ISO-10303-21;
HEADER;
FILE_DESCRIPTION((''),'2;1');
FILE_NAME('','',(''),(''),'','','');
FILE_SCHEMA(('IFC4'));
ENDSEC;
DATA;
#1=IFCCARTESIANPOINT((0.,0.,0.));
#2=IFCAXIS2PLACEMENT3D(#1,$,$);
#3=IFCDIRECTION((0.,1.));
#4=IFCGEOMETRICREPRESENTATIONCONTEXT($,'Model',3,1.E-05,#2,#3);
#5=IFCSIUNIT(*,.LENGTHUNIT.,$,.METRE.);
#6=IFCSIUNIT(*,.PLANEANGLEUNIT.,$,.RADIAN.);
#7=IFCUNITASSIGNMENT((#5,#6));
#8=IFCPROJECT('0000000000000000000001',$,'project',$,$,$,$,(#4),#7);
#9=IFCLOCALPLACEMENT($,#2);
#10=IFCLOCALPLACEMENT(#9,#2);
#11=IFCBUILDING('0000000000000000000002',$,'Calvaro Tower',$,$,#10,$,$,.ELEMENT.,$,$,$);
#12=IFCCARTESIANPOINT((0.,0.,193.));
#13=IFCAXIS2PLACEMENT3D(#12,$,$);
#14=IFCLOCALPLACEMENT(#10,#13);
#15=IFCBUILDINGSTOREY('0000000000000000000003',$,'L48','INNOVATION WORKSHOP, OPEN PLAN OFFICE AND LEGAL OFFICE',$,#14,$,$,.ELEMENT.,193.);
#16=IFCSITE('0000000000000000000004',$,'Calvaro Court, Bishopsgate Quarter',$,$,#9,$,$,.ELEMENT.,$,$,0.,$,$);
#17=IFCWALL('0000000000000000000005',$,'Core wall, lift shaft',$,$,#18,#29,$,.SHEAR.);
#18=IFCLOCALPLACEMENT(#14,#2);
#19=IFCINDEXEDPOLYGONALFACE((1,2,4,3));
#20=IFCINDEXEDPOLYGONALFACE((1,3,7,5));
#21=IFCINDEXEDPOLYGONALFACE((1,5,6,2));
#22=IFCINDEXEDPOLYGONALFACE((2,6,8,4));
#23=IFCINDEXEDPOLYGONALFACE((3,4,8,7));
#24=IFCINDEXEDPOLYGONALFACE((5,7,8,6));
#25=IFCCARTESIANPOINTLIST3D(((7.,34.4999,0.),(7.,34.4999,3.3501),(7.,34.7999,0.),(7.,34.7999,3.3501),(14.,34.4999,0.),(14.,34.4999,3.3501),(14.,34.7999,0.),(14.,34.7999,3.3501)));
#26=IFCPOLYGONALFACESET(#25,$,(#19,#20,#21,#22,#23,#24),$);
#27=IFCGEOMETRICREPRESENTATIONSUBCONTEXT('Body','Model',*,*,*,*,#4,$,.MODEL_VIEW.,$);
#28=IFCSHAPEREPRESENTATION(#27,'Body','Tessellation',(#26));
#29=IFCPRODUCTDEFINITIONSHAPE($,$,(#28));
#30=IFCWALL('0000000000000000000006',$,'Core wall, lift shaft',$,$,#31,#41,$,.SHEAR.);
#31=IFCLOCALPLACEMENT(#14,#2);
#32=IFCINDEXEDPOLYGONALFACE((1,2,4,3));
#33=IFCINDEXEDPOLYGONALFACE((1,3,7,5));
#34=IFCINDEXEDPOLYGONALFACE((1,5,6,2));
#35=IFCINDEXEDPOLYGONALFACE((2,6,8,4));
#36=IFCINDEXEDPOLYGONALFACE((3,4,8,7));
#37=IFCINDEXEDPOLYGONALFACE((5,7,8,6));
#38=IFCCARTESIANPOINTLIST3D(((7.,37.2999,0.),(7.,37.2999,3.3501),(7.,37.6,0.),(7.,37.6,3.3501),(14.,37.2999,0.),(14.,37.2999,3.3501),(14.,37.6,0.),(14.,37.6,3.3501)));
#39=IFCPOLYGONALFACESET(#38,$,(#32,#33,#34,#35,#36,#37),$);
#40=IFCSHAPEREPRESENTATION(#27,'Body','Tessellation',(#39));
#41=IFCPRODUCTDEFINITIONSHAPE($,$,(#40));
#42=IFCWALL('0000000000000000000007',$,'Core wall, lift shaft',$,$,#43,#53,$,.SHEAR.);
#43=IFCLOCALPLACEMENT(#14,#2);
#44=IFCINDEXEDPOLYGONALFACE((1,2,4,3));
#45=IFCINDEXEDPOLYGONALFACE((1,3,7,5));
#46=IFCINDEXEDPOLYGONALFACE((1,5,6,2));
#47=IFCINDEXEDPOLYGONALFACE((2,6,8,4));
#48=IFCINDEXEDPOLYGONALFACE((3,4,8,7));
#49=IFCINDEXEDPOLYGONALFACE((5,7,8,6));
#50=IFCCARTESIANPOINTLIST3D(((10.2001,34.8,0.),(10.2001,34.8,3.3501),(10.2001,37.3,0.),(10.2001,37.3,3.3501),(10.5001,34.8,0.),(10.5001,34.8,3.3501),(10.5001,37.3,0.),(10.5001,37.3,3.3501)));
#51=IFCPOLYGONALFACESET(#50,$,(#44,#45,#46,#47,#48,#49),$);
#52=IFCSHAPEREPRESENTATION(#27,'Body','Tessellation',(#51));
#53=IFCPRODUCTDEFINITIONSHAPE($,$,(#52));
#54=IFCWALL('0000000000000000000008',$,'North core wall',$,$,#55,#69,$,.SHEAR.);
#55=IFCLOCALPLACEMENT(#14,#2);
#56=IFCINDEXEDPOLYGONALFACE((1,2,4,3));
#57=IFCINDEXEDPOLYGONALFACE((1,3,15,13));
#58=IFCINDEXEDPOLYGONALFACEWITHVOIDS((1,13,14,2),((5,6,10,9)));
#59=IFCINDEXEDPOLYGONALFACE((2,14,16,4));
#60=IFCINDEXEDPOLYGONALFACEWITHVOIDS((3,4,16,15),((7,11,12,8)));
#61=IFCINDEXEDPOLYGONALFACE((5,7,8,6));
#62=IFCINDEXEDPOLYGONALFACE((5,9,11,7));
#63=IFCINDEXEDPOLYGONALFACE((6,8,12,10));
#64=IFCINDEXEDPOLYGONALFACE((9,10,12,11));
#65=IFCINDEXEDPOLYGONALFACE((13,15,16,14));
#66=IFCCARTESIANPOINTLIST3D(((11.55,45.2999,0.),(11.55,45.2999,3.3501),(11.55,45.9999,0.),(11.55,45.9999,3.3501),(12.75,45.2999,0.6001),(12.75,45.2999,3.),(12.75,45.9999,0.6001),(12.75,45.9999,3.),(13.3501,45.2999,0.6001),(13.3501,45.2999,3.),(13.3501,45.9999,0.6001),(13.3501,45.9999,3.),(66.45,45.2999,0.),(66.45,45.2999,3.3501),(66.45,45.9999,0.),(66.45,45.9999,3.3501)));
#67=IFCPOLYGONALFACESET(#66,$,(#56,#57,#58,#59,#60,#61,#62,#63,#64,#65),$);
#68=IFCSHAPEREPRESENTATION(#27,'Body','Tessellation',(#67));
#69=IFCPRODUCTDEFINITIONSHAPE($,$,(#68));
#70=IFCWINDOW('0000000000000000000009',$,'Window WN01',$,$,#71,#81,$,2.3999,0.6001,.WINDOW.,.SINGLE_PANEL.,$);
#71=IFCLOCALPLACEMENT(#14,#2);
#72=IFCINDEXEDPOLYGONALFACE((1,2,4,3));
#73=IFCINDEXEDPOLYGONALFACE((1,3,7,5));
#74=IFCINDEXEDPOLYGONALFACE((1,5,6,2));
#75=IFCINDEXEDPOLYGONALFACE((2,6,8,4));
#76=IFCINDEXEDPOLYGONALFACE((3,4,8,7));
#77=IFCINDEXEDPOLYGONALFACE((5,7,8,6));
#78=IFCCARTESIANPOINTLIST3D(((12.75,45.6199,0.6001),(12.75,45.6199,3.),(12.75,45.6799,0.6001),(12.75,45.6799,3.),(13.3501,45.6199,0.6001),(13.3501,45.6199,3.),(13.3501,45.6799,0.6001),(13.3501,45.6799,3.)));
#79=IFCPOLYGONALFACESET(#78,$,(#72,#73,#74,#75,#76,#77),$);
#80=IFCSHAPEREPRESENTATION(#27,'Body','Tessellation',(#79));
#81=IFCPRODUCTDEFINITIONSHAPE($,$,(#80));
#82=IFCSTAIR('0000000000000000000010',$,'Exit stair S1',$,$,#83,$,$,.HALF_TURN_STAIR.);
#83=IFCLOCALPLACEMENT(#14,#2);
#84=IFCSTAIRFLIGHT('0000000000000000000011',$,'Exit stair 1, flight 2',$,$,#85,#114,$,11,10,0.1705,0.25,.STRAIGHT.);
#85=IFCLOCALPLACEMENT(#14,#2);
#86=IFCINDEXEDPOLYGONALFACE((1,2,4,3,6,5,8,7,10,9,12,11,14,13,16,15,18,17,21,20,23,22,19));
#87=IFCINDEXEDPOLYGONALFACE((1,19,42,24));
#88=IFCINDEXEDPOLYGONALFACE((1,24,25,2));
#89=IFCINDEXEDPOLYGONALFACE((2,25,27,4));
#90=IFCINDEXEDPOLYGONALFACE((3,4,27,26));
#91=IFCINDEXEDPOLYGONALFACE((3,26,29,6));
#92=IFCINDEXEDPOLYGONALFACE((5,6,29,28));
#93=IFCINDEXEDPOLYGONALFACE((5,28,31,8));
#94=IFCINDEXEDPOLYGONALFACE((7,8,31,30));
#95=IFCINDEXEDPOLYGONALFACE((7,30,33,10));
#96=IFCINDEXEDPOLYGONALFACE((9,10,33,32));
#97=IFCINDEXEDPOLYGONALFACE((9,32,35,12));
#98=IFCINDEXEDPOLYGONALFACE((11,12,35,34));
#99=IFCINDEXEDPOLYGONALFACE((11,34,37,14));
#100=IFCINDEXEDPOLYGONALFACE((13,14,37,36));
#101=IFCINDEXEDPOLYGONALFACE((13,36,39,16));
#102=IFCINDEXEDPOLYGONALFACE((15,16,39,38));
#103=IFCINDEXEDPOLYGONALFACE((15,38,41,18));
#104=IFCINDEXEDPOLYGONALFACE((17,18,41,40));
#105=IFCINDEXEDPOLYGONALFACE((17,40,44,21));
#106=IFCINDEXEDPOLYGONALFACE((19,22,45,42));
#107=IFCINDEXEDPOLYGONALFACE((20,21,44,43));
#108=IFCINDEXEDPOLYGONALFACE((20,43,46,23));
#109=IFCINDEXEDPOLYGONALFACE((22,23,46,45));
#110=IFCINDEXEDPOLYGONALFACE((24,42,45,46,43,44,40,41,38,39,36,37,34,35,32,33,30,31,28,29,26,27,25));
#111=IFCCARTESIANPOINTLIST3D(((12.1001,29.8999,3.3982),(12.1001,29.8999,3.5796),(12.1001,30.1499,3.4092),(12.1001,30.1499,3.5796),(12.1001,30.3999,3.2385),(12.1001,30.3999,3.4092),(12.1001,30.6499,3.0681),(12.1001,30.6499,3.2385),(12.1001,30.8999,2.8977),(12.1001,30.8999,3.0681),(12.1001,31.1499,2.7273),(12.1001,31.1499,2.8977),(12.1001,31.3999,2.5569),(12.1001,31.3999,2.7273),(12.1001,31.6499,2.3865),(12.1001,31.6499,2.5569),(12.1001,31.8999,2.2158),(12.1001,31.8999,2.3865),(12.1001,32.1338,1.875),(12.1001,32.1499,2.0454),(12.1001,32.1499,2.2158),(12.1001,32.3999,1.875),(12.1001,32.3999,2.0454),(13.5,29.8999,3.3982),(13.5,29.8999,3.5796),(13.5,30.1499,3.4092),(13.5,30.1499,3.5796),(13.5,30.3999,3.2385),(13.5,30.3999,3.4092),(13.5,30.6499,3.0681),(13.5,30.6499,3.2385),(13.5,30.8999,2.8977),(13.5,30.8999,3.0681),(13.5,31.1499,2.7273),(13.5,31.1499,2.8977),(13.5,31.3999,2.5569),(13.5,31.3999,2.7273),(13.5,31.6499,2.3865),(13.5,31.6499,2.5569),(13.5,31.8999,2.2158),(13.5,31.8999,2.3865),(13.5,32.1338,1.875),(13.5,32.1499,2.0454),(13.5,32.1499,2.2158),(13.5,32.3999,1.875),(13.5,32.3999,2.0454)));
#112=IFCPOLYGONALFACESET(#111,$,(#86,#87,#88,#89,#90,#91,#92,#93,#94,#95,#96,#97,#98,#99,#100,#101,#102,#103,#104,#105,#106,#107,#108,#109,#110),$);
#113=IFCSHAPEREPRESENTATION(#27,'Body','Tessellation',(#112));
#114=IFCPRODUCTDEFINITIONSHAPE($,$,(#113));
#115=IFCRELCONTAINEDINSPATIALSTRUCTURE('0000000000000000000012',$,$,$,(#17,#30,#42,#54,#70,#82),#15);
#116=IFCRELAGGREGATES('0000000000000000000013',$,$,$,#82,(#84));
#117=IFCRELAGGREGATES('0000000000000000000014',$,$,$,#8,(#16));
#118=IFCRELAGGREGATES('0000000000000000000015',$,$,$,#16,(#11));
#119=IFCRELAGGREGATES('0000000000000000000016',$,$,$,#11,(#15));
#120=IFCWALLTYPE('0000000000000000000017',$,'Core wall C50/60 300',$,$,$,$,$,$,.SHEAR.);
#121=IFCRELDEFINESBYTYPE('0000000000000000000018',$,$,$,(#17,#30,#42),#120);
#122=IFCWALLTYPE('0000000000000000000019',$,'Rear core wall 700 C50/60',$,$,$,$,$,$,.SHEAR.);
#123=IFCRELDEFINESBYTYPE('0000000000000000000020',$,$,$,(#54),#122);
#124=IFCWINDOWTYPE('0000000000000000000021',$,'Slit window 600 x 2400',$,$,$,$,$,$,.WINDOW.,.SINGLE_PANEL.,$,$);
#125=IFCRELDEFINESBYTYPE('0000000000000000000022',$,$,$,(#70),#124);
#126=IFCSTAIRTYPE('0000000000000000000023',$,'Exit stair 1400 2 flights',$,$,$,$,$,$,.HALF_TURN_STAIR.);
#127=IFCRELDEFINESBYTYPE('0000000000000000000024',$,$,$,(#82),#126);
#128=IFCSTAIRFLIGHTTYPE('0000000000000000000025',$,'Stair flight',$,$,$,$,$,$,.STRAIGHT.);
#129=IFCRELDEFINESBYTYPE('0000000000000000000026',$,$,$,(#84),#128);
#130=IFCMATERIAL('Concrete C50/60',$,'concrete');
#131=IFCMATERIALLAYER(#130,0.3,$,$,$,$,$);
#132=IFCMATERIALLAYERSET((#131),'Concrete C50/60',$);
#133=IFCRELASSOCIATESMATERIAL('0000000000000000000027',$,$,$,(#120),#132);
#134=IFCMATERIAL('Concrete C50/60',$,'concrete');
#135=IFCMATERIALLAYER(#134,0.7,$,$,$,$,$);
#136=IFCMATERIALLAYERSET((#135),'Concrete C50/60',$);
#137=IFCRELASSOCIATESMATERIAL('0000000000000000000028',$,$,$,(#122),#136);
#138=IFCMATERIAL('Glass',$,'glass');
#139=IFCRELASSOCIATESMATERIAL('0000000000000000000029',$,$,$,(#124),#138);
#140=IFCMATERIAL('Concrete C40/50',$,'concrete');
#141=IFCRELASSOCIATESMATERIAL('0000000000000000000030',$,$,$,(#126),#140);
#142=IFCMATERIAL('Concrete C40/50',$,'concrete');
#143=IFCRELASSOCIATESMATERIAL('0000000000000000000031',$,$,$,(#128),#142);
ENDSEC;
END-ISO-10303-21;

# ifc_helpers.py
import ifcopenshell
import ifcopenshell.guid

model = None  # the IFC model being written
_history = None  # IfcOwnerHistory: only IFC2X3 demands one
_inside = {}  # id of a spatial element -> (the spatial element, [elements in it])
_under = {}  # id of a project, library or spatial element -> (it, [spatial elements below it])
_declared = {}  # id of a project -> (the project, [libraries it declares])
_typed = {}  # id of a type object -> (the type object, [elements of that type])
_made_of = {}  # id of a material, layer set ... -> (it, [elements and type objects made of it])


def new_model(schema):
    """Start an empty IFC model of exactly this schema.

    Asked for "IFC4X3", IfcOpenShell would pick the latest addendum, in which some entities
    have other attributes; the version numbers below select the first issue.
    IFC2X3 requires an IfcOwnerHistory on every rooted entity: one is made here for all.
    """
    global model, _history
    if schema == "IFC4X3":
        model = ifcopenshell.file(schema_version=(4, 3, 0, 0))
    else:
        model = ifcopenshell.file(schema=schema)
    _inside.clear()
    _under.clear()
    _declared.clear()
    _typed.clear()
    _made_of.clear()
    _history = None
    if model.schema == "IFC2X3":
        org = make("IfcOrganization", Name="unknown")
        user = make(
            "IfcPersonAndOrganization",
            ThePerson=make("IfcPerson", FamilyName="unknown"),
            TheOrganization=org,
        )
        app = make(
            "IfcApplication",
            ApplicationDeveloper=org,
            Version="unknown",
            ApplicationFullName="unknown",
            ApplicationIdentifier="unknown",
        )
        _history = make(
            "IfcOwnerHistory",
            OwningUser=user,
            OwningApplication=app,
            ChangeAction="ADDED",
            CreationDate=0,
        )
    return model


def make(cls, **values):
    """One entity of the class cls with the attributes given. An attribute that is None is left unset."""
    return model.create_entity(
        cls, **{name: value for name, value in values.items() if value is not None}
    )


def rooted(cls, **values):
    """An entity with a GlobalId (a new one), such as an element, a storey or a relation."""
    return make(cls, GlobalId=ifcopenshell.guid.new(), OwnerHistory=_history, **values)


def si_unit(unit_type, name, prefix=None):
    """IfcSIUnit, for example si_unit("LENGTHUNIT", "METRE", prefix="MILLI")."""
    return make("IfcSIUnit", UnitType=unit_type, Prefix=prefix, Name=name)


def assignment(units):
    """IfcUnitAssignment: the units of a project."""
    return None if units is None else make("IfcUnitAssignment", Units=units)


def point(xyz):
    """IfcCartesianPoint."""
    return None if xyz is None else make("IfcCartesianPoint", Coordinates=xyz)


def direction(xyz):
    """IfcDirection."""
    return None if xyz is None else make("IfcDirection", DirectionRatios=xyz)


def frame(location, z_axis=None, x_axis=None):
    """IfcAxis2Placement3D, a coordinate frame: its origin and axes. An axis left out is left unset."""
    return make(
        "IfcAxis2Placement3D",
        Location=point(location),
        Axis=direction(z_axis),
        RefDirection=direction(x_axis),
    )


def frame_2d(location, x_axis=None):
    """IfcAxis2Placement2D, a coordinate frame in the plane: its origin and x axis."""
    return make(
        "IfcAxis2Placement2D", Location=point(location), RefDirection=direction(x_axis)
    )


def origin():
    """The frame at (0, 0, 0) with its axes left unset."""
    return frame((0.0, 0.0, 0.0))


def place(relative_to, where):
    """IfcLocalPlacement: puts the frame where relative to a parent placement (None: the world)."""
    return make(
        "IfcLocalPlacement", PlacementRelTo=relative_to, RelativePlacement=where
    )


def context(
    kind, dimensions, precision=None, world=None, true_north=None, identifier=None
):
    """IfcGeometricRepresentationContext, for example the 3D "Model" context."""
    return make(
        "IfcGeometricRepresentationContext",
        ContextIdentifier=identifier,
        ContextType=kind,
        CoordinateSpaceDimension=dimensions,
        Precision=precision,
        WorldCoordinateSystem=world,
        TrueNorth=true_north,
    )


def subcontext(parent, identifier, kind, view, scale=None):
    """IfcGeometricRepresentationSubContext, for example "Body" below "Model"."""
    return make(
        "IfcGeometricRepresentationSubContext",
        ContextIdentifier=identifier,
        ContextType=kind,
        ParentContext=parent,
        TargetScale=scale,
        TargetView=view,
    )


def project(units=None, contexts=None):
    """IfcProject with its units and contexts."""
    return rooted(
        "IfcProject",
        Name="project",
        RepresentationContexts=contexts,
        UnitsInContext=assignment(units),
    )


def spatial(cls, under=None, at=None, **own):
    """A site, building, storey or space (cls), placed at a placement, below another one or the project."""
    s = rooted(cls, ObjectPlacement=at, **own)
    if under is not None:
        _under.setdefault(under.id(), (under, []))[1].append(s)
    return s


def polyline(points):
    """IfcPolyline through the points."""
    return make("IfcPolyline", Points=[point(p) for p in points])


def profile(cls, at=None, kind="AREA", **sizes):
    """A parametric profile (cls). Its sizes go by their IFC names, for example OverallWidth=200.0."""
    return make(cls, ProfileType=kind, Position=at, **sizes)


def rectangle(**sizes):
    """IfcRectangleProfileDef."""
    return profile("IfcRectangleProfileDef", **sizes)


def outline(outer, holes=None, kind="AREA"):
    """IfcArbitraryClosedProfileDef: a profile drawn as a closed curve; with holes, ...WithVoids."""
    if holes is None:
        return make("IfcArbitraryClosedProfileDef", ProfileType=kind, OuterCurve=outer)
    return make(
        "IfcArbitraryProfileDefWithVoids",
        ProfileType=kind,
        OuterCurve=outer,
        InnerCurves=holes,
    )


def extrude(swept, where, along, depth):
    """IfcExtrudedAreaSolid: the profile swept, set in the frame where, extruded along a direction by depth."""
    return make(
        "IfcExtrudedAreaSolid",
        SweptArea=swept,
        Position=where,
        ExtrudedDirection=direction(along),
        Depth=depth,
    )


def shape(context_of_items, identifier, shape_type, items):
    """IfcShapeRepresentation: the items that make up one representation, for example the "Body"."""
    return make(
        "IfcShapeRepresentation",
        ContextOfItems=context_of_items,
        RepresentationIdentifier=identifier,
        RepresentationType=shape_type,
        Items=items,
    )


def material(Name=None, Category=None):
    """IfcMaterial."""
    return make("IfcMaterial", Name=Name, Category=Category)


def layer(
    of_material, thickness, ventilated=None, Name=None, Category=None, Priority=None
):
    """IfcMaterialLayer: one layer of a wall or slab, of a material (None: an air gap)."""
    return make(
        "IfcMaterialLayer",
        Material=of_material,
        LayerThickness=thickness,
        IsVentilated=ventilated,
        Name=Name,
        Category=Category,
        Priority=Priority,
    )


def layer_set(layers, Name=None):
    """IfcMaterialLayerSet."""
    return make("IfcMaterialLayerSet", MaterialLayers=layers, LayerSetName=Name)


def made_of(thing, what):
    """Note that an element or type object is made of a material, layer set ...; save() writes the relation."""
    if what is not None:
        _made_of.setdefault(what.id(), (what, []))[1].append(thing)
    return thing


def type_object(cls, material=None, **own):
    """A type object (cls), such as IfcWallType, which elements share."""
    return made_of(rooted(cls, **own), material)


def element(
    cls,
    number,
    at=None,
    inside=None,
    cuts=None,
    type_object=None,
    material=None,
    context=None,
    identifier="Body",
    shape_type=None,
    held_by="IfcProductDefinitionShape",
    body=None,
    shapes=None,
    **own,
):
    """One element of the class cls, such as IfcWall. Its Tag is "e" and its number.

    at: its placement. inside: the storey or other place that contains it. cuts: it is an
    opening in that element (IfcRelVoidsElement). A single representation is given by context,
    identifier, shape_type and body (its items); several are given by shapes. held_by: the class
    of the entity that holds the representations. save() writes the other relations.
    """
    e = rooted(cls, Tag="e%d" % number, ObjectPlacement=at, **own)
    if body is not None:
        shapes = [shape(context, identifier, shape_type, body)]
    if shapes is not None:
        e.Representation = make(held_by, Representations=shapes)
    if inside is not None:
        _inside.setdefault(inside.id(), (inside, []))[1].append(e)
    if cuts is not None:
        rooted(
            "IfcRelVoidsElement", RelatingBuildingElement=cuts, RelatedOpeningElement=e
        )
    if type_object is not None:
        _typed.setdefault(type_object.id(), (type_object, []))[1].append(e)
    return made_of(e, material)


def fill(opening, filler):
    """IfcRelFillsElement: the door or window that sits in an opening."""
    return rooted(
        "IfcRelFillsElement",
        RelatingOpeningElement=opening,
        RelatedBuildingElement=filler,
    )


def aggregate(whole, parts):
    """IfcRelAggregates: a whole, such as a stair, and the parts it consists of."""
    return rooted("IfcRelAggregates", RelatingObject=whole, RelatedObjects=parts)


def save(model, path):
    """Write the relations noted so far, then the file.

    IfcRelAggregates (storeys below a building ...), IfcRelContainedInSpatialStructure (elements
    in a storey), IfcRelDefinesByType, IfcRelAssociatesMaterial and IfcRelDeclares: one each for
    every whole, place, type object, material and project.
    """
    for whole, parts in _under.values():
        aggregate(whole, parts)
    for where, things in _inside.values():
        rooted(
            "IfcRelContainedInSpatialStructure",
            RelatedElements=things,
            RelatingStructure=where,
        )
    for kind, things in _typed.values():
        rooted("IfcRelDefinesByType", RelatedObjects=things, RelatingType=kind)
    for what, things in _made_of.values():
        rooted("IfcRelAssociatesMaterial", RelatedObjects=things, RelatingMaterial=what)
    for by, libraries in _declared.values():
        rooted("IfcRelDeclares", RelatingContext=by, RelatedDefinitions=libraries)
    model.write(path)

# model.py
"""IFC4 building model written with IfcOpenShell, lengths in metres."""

from ifc_helpers import new_model, si_unit, direction, frame, frame_2d, origin, place, context, subcontext, project, spatial, polyline, rectangle, outline, extrude, material, layer, layer_set, type_object, element, fill, aggregate, save


model = new_model("IFC4")

# Units and contexts
model_context = context("Model", 3, precision=1e-05, world=origin(), true_north=direction((0.0, 1.0)))
body_context = subcontext(model_context, "Body", "Model", "MODEL_VIEW")
ifc_project = project(units=[si_unit("LENGTHUNIT", "METRE"), si_unit("PLANEANGLEUNIT", "RADIAN")], contexts=[model_context])

# Site, building, storey
site_placement = place(None, origin())
site = spatial("IfcSite", under=ifc_project, at=site_placement, Name="Calvaro Court, Bishopsgate Quarter", CompositionType="ELEMENT", RefElevation=0.0)
building_placement = place(site_placement, origin())
building = spatial("IfcBuilding", under=site, at=building_placement, Name="Calvaro Tower", CompositionType="ELEMENT")
storey_placement = place(building_placement, frame((0.0, 0.0, 193.0)))
storey = spatial("IfcBuildingStorey", under=building, at=storey_placement, Name="L48", Description="INNOVATION WORKSHOP, OPEN PLAN OFFICE AND LEGAL OFFICE", CompositionType="ELEMENT", Elevation=193.0)

# Walls
ifc_material_1 = material(Name="Concrete C50/60", Category="concrete")
ifc_layer_1 = layer(ifc_material_1, 0.3)
ifc_layer_set_1 = layer_set([ifc_layer_1], Name="Concrete C50/60")
wall_type_1 = type_object("IfcWallType", Name="Core wall C50/60 300", PredefinedType="SHEAR", material=ifc_layer_set_1)
for number, where, z_axis, x_axis, name in (
    (1, (7.0, 34.6499, 0.0), (0.0, 0.0, 1.0), (1.0, 0.0, 0.0), "Core wall, lift shaft"),
    (2, (7.0, 37.45, 0.0), (0.0, 0.0, 1.0), (1.0, 0.0, 0.0), "Core wall, lift shaft"),
):
    element("IfcWall", number, at=place(storey_placement, frame(where, z_axis=z_axis, x_axis=x_axis)), inside=storey, type_object=wall_type_1, Name=name, PredefinedType="SHEAR", context=body_context, shape_type="SweptSolid", body=[
        extrude(rectangle(XDim=7.0, YDim=0.3, at=frame_2d((3.5, 0.0))), origin(), (0.0, 0.0, 1.0), 3.3501),
    ])
wall_1_placement = place(storey_placement, frame((10.3501, 34.8, 0.0), z_axis=(0.0, 0.0, 1.0), x_axis=(0.0, 1.0, 0.0)))
element("IfcWall", 3, at=wall_1_placement, inside=storey, type_object=wall_type_1, Name="Core wall, lift shaft", PredefinedType="SHEAR", context=body_context, shape_type="SweptSolid", body=[
    extrude(rectangle(XDim=2.5, YDim=0.3, at=frame_2d((1.25, 0.0))), origin(), (0.0, 0.0, 1.0), 3.3501),
])

# Wall, opening, window
ifc_material_2 = material(Name="Concrete C50/60", Category="concrete")
ifc_layer_2 = layer(ifc_material_2, 0.7)
ifc_layer_set_2 = layer_set([ifc_layer_2], Name="Concrete C50/60")
wall_type_2 = type_object("IfcWallType", Name="Rear core wall 700 C50/60", PredefinedType="SHEAR", material=ifc_layer_set_2)
wall_2_placement = place(storey_placement, frame((11.55, 45.6499, 0.0), z_axis=(0.0, 0.0, 1.0), x_axis=(1.0, 0.0, 0.0)))
wall_2 = element("IfcWall", 4, at=wall_2_placement, inside=storey, type_object=wall_type_2, Name="North core wall", PredefinedType="SHEAR", context=body_context, shape_type="SweptSolid", body=[
    extrude(rectangle(XDim=54.8999, YDim=0.7, at=frame_2d((27.45, 0.0))), origin(), (0.0, 0.0, 1.0), 3.3501),
])
opening_1_placement = place(wall_2_placement, frame((1.2, 0.0, 0.6001)))
opening_1 = element("IfcOpeningElement", 5, at=opening_1_placement, cuts=wall_2, PredefinedType="OPENING", context=body_context, shape_type="SweptSolid", body=[
    extrude(rectangle(XDim=0.6001, YDim=2.3999, at=frame_2d((0.3, 1.2))), frame((0.0, 0.3599, 0.0), z_axis=(0.0, -1.0, 0.0), x_axis=(1.0, 0.0, 0.0)), (0.0, 0.0, 1.0), 0.72),
])
ifc_material_3 = material(Name="Glass", Category="glass")
window_type = type_object("IfcWindowType", Name="Slit window 600 x 2400", PartitioningType="SINGLE_PANEL", PredefinedType="WINDOW", material=ifc_material_3)
window_placement = place(opening_1_placement, origin())
window = element("IfcWindow", 6, at=window_placement, inside=storey, type_object=window_type, Name="Window WN01", OverallHeight=2.3999, OverallWidth=0.6001, PartitioningType="SINGLE_PANEL", PredefinedType="WINDOW", context=body_context, shape_type="SweptSolid", body=[
    extrude(rectangle(XDim=0.6001, YDim=2.3999, at=frame_2d((0.3, 1.2))), frame((0.0, 0.03, 0.0), z_axis=(0.0, -1.0, 0.0), x_axis=(1.0, 0.0, 0.0)), (0.0, 0.0, 1.0), 0.0601),
])
fill(opening_1, window)

# Stair, stair flight
ifc_material_4 = material(Name="Concrete C40/50", Category="concrete")
stair_type = type_object("IfcStairType", Name="Exit stair 1400 2 flights", PredefinedType="HALF_TURN_STAIR", material=ifc_material_4)
stair_placement = place(storey_placement, origin())
stair = element("IfcStair", 7, at=stair_placement, inside=storey, type_object=stair_type, Name="Exit stair S1", PredefinedType="HALF_TURN_STAIR")
ifc_material_5 = material(Name="Concrete C40/50", Category="concrete")
stair_flight_type = type_object("IfcStairFlightType", Name="Stair flight", PredefinedType="STRAIGHT", material=ifc_material_5)
stair_flight_placement = place(storey_placement, frame((12.8, 32.3999, 1.875), z_axis=(0.0, 0.0, 1.0), x_axis=(0.0, -1.0, 0.0)))
stair_flight = element("IfcStairFlight", 8, at=stair_flight_placement, type_object=stair_flight_type, Name="Exit stair 1, flight 2", NumberOfRisers=11, NumberOfTreads=10, PredefinedType="STRAIGHT", RiserHeight=0.1705, TreadLength=0.25, context=body_context, shape_type="SweptSolid", body=[
    extrude(outline(polyline([(0.0, 0.0), (0.0, 0.1704), (0.25, 0.1704), (0.25, 0.3408), (0.5, 0.3408), (0.5, 0.5115), (0.75, 0.5115), (0.75, 0.6819), (1.0, 0.6819), (1.0, 0.8523), (1.25, 0.8523), (1.25, 1.0227), (1.5, 1.0227), (1.5, 1.1931), (1.75, 1.1931), (1.75, 1.3635), (2.0, 1.3635), (2.0, 1.5342), (2.25, 1.5342), (2.25, 1.7046), (2.5, 1.7046), (2.5, 1.875), (2.5, 1.5232), (0.2661, 0.0), (0.0, 0.0)])), frame((0.0, 0.7, 0.0), z_axis=(0.0, -1.0, 0.0), x_axis=(1.0, 0.0, 0.0)), (0.0, 0.0, 1.0), 1.3999),
])
aggregate(stair, [stair_flight])

save(model, "model.ifc")
